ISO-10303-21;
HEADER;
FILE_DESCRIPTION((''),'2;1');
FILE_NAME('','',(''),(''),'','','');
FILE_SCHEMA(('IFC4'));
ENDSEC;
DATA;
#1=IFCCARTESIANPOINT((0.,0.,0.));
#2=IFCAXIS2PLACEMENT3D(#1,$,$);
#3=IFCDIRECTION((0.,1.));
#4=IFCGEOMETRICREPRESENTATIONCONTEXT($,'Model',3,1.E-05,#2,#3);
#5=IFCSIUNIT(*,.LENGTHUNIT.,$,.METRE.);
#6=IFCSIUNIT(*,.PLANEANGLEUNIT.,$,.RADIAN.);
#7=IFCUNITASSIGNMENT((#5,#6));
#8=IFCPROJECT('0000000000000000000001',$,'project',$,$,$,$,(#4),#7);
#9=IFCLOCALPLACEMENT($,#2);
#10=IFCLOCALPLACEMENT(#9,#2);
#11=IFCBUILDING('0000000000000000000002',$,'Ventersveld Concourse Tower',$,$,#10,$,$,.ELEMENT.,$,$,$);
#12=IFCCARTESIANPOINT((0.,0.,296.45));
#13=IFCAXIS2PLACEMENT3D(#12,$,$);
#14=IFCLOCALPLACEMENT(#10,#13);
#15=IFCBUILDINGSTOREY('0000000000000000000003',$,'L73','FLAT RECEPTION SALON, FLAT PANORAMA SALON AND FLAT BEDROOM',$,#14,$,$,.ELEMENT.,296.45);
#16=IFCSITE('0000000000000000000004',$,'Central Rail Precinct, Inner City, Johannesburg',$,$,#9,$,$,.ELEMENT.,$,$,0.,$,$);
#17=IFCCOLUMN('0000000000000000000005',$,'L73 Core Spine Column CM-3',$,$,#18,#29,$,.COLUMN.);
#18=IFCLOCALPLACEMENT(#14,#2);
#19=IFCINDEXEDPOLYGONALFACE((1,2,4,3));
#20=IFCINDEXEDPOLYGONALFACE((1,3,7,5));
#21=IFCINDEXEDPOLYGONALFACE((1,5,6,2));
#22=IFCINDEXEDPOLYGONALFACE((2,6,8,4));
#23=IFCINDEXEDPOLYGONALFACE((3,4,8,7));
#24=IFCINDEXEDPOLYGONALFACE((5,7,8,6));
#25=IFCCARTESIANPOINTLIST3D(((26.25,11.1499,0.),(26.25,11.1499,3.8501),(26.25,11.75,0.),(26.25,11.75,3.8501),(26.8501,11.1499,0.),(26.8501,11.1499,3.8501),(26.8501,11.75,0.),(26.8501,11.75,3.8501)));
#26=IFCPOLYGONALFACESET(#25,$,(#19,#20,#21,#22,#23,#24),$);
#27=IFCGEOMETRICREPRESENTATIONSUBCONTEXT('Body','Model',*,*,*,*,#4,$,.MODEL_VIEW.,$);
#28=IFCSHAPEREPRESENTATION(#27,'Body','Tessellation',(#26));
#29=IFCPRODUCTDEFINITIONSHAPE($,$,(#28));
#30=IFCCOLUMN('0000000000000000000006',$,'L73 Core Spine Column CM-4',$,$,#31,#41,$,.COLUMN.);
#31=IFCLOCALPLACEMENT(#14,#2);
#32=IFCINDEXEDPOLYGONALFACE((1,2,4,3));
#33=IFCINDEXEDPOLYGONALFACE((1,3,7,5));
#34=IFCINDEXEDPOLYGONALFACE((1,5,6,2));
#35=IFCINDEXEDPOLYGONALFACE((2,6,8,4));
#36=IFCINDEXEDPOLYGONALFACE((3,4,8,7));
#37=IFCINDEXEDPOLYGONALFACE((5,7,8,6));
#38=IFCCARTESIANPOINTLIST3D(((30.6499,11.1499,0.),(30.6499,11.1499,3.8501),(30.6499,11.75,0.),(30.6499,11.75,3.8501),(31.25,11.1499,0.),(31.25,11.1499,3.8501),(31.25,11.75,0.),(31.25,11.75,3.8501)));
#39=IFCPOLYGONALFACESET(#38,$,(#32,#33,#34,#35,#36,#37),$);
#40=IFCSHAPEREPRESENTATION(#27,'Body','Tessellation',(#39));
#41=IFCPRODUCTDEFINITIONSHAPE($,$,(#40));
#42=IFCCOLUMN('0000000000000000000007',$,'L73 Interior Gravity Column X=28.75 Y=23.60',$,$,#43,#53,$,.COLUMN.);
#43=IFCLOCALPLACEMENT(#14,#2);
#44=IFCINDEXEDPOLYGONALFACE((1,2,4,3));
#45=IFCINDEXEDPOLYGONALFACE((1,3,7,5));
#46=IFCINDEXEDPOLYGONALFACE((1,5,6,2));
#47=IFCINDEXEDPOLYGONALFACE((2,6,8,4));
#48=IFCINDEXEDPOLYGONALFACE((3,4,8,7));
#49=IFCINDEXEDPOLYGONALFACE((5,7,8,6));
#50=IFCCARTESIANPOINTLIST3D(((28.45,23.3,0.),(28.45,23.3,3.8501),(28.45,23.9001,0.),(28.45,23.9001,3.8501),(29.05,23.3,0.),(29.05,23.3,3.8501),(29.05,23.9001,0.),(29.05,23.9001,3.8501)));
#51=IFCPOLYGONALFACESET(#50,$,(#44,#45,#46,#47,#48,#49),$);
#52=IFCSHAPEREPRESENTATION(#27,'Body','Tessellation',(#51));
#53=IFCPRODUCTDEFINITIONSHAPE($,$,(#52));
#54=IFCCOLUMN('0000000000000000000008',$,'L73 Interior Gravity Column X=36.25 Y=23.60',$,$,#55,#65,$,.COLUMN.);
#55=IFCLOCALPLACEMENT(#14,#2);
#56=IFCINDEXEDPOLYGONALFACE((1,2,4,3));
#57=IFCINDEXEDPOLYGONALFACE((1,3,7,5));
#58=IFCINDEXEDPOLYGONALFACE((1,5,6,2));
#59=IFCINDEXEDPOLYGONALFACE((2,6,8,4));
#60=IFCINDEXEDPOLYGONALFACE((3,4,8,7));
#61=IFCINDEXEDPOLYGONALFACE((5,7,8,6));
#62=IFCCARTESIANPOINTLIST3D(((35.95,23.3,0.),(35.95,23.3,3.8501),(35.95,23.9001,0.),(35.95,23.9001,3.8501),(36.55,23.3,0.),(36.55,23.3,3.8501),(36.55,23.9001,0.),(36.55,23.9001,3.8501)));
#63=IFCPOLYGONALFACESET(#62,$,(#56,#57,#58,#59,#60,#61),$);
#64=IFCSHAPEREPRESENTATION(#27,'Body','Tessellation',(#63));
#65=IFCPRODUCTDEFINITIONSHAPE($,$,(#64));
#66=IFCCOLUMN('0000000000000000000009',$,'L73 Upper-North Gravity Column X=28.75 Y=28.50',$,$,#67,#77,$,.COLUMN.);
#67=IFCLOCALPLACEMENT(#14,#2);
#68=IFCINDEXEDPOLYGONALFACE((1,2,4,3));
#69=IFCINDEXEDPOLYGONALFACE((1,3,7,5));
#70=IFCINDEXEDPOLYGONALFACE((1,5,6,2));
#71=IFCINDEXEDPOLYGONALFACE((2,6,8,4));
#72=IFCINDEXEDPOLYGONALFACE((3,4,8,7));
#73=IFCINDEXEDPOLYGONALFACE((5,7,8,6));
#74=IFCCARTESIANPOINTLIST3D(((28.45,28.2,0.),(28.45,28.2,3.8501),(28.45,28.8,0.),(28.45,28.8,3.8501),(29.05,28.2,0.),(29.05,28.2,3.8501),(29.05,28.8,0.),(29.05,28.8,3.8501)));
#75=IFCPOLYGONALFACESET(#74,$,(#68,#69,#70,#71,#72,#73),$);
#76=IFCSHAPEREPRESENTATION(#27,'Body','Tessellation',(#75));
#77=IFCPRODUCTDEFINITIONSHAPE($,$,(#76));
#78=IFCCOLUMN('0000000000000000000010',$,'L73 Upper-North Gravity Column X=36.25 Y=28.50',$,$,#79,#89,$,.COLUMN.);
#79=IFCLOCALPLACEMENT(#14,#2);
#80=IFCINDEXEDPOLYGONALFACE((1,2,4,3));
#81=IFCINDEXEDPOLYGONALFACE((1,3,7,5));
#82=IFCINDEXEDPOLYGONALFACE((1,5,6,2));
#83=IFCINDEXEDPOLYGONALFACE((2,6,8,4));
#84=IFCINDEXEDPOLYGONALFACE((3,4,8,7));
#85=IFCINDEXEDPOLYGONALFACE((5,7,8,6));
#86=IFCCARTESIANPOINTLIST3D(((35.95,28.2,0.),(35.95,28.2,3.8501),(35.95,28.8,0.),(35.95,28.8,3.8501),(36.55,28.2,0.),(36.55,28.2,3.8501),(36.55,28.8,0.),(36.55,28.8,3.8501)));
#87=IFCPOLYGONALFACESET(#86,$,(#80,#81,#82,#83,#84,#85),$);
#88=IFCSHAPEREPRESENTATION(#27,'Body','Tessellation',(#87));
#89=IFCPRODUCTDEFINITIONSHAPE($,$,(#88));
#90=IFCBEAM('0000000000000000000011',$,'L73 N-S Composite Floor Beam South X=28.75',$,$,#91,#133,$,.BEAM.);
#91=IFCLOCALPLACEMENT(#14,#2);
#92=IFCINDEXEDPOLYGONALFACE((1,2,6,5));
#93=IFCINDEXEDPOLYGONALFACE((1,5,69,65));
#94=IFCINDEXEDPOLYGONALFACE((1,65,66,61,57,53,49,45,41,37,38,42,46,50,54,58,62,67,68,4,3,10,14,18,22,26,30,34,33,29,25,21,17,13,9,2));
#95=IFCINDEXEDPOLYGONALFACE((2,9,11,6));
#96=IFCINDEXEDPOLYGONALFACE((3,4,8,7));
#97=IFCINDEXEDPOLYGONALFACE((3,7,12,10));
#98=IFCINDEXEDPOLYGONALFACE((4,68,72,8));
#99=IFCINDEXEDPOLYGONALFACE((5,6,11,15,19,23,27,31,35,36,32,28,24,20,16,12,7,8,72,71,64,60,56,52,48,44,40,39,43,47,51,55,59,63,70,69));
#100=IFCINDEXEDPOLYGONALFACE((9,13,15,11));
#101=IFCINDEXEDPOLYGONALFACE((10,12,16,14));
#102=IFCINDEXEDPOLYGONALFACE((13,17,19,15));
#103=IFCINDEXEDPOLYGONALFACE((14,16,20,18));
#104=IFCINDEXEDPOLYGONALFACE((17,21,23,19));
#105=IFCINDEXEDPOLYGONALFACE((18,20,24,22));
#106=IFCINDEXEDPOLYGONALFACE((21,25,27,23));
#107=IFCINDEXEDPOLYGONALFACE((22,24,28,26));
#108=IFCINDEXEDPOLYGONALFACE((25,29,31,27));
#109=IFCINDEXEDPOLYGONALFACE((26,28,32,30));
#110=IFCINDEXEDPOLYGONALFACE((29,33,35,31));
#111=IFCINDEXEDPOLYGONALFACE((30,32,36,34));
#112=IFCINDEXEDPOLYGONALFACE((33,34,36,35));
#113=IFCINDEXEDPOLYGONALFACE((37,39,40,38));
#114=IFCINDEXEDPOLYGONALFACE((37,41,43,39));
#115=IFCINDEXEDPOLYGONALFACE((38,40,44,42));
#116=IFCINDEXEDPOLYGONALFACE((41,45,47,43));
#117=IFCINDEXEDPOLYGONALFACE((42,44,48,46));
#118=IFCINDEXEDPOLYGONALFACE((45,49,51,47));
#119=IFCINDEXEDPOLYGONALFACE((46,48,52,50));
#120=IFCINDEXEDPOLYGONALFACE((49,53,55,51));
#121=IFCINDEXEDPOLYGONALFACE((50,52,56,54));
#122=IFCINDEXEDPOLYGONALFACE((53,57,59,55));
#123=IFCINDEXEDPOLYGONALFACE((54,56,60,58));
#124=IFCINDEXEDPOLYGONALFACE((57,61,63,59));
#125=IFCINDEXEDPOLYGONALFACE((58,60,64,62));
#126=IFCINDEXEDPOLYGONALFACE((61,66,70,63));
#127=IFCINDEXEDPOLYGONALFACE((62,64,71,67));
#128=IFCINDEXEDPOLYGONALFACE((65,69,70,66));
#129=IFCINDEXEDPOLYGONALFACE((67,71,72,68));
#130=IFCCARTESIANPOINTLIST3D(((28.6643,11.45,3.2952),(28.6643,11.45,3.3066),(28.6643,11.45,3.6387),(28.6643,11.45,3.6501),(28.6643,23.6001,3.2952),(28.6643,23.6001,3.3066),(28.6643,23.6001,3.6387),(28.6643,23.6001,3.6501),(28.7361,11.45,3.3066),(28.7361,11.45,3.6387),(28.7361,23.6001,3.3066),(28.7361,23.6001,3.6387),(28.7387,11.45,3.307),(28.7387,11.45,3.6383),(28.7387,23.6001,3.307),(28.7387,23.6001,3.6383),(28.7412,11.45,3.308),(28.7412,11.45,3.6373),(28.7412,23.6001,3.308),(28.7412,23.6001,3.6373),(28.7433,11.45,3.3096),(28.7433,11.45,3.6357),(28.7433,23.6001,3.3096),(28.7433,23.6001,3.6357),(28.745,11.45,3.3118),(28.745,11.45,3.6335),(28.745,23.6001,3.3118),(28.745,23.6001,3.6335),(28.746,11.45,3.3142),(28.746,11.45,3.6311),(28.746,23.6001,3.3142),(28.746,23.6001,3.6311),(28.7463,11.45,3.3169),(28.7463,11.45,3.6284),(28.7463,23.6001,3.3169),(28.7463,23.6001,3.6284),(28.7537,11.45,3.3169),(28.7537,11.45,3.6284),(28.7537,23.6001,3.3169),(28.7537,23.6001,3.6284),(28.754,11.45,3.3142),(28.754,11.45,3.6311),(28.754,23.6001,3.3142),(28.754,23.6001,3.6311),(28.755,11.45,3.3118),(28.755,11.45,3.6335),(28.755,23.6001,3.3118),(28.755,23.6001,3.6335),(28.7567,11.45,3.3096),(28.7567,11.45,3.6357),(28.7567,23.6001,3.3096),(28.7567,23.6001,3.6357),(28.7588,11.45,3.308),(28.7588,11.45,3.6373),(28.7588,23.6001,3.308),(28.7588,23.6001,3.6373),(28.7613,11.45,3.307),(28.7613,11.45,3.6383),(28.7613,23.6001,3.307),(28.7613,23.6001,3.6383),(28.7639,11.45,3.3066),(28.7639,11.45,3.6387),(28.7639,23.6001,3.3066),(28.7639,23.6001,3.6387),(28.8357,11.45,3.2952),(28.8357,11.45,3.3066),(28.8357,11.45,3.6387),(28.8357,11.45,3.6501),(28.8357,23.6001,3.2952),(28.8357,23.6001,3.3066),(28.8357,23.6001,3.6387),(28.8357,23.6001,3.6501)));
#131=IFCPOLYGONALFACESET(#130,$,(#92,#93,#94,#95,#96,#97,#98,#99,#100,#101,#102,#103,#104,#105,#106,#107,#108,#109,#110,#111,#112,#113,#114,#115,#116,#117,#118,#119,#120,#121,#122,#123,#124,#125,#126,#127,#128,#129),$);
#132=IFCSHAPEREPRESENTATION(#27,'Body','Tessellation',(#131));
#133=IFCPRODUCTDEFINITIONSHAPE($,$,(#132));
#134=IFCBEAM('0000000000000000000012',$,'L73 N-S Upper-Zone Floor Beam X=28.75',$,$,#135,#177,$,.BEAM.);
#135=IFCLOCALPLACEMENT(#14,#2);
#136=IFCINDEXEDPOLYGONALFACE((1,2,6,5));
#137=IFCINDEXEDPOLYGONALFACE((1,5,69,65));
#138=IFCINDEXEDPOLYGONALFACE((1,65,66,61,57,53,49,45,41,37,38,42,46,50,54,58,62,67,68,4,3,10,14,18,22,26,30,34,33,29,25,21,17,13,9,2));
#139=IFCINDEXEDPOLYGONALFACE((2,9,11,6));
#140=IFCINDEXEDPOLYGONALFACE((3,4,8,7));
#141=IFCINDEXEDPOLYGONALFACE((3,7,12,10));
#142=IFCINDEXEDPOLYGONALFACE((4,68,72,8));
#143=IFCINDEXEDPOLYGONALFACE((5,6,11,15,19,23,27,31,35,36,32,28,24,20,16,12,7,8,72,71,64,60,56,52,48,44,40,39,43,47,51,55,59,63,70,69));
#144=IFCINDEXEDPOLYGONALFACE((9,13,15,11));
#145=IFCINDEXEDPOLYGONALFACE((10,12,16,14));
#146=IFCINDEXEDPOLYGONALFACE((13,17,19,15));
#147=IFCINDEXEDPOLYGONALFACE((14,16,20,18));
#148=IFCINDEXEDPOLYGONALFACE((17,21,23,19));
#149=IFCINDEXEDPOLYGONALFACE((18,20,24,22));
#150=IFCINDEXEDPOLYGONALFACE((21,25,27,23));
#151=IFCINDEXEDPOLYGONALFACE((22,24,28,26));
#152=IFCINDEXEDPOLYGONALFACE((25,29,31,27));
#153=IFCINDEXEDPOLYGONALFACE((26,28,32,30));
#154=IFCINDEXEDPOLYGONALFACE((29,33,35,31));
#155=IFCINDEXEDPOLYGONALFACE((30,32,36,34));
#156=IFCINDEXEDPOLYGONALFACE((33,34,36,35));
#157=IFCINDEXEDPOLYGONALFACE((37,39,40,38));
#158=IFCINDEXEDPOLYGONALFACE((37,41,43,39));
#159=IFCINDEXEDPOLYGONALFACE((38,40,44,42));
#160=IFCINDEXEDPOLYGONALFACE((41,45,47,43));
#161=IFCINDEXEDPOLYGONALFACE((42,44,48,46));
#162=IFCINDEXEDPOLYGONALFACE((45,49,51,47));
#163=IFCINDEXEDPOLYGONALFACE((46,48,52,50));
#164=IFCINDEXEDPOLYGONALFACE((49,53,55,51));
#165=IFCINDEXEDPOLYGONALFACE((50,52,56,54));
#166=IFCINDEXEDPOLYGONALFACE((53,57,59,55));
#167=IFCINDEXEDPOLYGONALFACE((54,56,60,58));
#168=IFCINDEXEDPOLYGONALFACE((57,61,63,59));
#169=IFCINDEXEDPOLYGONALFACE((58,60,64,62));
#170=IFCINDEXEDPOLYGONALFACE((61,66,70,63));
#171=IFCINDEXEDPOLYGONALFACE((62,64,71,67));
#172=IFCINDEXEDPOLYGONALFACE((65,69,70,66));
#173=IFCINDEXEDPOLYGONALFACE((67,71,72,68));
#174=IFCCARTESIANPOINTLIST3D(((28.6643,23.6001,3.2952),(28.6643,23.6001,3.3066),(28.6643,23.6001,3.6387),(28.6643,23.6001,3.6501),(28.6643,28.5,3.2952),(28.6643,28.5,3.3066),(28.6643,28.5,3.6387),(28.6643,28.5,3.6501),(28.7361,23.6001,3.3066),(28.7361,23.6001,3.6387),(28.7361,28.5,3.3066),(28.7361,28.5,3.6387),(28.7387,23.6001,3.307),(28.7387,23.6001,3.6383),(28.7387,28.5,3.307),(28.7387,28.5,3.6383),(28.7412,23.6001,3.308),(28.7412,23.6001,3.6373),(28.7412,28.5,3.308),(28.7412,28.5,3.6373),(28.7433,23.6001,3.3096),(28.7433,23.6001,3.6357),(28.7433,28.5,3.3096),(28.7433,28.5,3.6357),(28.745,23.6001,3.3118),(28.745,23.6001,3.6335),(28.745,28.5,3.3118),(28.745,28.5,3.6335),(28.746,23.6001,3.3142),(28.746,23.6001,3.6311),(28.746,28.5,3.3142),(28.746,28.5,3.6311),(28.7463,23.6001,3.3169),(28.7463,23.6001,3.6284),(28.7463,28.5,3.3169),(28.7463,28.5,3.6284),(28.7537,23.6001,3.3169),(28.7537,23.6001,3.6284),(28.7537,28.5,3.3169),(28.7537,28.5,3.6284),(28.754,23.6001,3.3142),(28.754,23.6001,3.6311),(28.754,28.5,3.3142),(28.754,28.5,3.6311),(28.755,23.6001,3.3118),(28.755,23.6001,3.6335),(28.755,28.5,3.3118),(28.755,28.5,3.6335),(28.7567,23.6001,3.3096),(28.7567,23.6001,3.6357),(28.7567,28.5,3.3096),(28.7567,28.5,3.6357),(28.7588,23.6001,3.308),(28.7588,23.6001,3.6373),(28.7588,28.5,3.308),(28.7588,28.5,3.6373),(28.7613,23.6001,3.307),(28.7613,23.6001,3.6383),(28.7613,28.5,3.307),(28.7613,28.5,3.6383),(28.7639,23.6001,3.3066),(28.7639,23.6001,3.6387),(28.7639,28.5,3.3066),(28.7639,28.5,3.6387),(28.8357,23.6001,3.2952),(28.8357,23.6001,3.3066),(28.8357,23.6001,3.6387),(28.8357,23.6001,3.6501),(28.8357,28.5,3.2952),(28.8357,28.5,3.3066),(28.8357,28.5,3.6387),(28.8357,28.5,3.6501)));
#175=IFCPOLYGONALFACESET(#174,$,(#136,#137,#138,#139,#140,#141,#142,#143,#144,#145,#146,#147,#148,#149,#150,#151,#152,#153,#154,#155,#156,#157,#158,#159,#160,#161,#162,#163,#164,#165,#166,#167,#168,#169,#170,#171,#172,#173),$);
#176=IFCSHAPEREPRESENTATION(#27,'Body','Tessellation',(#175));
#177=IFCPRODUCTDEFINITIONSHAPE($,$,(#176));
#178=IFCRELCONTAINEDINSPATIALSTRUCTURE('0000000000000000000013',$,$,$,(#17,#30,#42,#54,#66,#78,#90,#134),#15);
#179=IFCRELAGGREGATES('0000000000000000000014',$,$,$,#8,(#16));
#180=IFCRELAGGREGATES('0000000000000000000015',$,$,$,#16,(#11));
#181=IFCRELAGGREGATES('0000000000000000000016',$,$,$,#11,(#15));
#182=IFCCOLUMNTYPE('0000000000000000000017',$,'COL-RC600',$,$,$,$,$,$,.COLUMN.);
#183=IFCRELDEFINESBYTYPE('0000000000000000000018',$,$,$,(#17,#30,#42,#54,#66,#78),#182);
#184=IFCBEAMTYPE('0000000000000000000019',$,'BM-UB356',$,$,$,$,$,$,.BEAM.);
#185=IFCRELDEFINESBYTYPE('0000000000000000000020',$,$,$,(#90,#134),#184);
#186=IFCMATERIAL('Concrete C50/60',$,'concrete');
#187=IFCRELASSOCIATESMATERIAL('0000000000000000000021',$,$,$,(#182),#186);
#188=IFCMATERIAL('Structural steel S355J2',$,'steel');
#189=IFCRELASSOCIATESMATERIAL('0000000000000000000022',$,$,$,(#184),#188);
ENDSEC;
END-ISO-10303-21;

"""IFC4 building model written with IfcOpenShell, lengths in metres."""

from ifc_helpers import new_model, si_unit, direction, frame, origin, origin_2d, place, context, subcontext, project, spatial, rectangle, i_section, extrude, material, material_profile, profile_set, type_object, element, save


model = new_model("IFC4")

# Units and contexts
model_context = context("Model", 3, precision=1e-05, world=origin(), true_north=direction((0.0, 1.0)))
body_context = subcontext(model_context, "Body", "Model", "MODEL_VIEW")
ifc_project = project(units=[si_unit("LENGTHUNIT", "METRE"), si_unit("PLANEANGLEUNIT", "RADIAN")], contexts=[model_context])

# Site, building, storey
site_placement = place(None, origin())
site = spatial("IfcSite", under=ifc_project, at=site_placement, Name="Central Rail Precinct, Inner City, Johannesburg", CompositionType="ELEMENT", RefElevation=0.0)
building_placement = place(site_placement, origin())
building = spatial("IfcBuilding", under=site, at=building_placement, Name="Ventersveld Concourse Tower", CompositionType="ELEMENT")
storey_placement = place(building_placement, frame((0.0, 0.0, 296.45)))
storey = spatial("IfcBuildingStorey", under=building, at=storey_placement, Name="L73", Description="FLAT RECEPTION SALON, FLAT PANORAMA SALON AND FLAT BEDROOM", CompositionType="ELEMENT", Elevation=296.45)

# Columns
ifc_material_1 = material(Name="Concrete C50/60", Category="concrete")
ifc_material_profile_1 = material_profile(ifc_material_1, rectangle(XDim=0.6001, YDim=0.6001, at=origin_2d()), Name="RC 600x600")
ifc_profile_set_1 = profile_set([ifc_material_profile_1], Name="Concrete C50/60")
column_type = type_object("IfcColumnType", Name="COL-RC600", PredefinedType="COLUMN", material=ifc_profile_set_1)
for number, where, z_axis, x_axis, name in (
    (1, (26.55, 11.45, 0.0), (0.0, 0.0, 1.0), (1.0, 0.0, 0.0), "L73 Core Spine Column CM-3"),
    (2, (30.95, 11.45, 0.0), (0.0, 0.0, 1.0), (1.0, 0.0, 0.0), "L73 Core Spine Column CM-4"),
    (3, (28.75, 23.6001, 0.0), (0.0, 0.0, 1.0), (1.0, 0.0, 0.0), "L73 Interior Gravity Column X=28.75 Y=23.60"),
    (4, (36.25, 23.6001, 0.0), (0.0, 0.0, 1.0), (1.0, 0.0, 0.0), "L73 Interior Gravity Column X=36.25 Y=23.60"),
    (5, (28.75, 28.5, 0.0), (0.0, 0.0, 1.0), (1.0, 0.0, 0.0), "L73 Upper-North Gravity Column X=28.75 Y=28.50"),
    (6, (36.25, 28.5, 0.0), (0.0, 0.0, 1.0), (1.0, 0.0, 0.0), "L73 Upper-North Gravity Column X=36.25 Y=28.50"),
):
    element("IfcColumn", number, at=place(storey_placement, frame(where, z_axis=z_axis, x_axis=x_axis)), inside=storey, type_object=column_type, Name=name, PredefinedType="COLUMN", context=body_context, shape_type="SweptSolid", body=[
        extrude(rectangle(XDim=0.6001, YDim=0.6001, at=origin_2d()), origin(), (0.0, 0.0, 1.0), 3.8501),
    ])

# Beams
ifc_material_2 = material(Name="Structural steel S355J2", Category="steel")
ifc_material_profile_2 = material_profile(ifc_material_2, i_section(OverallWidth=0.1714, OverallDepth=0.355, WebThickness=0.0073, FlangeThickness=0.0115, FilletRadius=0.0103, at=origin_2d()), Name="UB 356x171x51")
ifc_profile_set_2 = profile_set([ifc_material_profile_2], Name="Structural steel S355J2")
beam_type_1 = type_object("IfcBeamType", Name="BM-UB356", PredefinedType="BEAM", material=ifc_profile_set_2)
beam_1_placement = place(storey_placement, frame((28.75, 11.45, 3.4727), z_axis=(0.0, 1.0, 0.0), x_axis=(-1.0, 0.0, 0.0)))
element("IfcBeam", 7, at=beam_1_placement, inside=storey, type_object=beam_type_1, Name="L73 N-S Composite Floor Beam South X=28.75", PredefinedType="BEAM", context=body_context, shape_type="SweptSolid", body=[
    extrude(i_section(OverallWidth=0.1714, OverallDepth=0.355, WebThickness=0.0073, FlangeThickness=0.0115, FilletRadius=0.0103, at=origin_2d()), origin(), (0.0, 0.0, 1.0), 12.1501),
])
beam_2_placement = place(storey_placement, frame((28.75, 23.6001, 3.4727), z_axis=(0.0, 1.0, 0.0), x_axis=(-1.0, 0.0, 0.0)))
element("IfcBeam", 8, at=beam_2_placement, inside=storey, type_object=beam_type_1, Name="L73 N-S Upper-Zone Floor Beam X=28.75", PredefinedType="BEAM", context=body_context, shape_type="SweptSolid", body=[
    extrude(i_section(OverallWidth=0.1714, OverallDepth=0.355, WebThickness=0.0073, FlangeThickness=0.0115, FilletRadius=0.0103, at=origin_2d()), origin(), (0.0, 0.0, 1.0), 4.8999),
])

save(model, "model.ifc")
